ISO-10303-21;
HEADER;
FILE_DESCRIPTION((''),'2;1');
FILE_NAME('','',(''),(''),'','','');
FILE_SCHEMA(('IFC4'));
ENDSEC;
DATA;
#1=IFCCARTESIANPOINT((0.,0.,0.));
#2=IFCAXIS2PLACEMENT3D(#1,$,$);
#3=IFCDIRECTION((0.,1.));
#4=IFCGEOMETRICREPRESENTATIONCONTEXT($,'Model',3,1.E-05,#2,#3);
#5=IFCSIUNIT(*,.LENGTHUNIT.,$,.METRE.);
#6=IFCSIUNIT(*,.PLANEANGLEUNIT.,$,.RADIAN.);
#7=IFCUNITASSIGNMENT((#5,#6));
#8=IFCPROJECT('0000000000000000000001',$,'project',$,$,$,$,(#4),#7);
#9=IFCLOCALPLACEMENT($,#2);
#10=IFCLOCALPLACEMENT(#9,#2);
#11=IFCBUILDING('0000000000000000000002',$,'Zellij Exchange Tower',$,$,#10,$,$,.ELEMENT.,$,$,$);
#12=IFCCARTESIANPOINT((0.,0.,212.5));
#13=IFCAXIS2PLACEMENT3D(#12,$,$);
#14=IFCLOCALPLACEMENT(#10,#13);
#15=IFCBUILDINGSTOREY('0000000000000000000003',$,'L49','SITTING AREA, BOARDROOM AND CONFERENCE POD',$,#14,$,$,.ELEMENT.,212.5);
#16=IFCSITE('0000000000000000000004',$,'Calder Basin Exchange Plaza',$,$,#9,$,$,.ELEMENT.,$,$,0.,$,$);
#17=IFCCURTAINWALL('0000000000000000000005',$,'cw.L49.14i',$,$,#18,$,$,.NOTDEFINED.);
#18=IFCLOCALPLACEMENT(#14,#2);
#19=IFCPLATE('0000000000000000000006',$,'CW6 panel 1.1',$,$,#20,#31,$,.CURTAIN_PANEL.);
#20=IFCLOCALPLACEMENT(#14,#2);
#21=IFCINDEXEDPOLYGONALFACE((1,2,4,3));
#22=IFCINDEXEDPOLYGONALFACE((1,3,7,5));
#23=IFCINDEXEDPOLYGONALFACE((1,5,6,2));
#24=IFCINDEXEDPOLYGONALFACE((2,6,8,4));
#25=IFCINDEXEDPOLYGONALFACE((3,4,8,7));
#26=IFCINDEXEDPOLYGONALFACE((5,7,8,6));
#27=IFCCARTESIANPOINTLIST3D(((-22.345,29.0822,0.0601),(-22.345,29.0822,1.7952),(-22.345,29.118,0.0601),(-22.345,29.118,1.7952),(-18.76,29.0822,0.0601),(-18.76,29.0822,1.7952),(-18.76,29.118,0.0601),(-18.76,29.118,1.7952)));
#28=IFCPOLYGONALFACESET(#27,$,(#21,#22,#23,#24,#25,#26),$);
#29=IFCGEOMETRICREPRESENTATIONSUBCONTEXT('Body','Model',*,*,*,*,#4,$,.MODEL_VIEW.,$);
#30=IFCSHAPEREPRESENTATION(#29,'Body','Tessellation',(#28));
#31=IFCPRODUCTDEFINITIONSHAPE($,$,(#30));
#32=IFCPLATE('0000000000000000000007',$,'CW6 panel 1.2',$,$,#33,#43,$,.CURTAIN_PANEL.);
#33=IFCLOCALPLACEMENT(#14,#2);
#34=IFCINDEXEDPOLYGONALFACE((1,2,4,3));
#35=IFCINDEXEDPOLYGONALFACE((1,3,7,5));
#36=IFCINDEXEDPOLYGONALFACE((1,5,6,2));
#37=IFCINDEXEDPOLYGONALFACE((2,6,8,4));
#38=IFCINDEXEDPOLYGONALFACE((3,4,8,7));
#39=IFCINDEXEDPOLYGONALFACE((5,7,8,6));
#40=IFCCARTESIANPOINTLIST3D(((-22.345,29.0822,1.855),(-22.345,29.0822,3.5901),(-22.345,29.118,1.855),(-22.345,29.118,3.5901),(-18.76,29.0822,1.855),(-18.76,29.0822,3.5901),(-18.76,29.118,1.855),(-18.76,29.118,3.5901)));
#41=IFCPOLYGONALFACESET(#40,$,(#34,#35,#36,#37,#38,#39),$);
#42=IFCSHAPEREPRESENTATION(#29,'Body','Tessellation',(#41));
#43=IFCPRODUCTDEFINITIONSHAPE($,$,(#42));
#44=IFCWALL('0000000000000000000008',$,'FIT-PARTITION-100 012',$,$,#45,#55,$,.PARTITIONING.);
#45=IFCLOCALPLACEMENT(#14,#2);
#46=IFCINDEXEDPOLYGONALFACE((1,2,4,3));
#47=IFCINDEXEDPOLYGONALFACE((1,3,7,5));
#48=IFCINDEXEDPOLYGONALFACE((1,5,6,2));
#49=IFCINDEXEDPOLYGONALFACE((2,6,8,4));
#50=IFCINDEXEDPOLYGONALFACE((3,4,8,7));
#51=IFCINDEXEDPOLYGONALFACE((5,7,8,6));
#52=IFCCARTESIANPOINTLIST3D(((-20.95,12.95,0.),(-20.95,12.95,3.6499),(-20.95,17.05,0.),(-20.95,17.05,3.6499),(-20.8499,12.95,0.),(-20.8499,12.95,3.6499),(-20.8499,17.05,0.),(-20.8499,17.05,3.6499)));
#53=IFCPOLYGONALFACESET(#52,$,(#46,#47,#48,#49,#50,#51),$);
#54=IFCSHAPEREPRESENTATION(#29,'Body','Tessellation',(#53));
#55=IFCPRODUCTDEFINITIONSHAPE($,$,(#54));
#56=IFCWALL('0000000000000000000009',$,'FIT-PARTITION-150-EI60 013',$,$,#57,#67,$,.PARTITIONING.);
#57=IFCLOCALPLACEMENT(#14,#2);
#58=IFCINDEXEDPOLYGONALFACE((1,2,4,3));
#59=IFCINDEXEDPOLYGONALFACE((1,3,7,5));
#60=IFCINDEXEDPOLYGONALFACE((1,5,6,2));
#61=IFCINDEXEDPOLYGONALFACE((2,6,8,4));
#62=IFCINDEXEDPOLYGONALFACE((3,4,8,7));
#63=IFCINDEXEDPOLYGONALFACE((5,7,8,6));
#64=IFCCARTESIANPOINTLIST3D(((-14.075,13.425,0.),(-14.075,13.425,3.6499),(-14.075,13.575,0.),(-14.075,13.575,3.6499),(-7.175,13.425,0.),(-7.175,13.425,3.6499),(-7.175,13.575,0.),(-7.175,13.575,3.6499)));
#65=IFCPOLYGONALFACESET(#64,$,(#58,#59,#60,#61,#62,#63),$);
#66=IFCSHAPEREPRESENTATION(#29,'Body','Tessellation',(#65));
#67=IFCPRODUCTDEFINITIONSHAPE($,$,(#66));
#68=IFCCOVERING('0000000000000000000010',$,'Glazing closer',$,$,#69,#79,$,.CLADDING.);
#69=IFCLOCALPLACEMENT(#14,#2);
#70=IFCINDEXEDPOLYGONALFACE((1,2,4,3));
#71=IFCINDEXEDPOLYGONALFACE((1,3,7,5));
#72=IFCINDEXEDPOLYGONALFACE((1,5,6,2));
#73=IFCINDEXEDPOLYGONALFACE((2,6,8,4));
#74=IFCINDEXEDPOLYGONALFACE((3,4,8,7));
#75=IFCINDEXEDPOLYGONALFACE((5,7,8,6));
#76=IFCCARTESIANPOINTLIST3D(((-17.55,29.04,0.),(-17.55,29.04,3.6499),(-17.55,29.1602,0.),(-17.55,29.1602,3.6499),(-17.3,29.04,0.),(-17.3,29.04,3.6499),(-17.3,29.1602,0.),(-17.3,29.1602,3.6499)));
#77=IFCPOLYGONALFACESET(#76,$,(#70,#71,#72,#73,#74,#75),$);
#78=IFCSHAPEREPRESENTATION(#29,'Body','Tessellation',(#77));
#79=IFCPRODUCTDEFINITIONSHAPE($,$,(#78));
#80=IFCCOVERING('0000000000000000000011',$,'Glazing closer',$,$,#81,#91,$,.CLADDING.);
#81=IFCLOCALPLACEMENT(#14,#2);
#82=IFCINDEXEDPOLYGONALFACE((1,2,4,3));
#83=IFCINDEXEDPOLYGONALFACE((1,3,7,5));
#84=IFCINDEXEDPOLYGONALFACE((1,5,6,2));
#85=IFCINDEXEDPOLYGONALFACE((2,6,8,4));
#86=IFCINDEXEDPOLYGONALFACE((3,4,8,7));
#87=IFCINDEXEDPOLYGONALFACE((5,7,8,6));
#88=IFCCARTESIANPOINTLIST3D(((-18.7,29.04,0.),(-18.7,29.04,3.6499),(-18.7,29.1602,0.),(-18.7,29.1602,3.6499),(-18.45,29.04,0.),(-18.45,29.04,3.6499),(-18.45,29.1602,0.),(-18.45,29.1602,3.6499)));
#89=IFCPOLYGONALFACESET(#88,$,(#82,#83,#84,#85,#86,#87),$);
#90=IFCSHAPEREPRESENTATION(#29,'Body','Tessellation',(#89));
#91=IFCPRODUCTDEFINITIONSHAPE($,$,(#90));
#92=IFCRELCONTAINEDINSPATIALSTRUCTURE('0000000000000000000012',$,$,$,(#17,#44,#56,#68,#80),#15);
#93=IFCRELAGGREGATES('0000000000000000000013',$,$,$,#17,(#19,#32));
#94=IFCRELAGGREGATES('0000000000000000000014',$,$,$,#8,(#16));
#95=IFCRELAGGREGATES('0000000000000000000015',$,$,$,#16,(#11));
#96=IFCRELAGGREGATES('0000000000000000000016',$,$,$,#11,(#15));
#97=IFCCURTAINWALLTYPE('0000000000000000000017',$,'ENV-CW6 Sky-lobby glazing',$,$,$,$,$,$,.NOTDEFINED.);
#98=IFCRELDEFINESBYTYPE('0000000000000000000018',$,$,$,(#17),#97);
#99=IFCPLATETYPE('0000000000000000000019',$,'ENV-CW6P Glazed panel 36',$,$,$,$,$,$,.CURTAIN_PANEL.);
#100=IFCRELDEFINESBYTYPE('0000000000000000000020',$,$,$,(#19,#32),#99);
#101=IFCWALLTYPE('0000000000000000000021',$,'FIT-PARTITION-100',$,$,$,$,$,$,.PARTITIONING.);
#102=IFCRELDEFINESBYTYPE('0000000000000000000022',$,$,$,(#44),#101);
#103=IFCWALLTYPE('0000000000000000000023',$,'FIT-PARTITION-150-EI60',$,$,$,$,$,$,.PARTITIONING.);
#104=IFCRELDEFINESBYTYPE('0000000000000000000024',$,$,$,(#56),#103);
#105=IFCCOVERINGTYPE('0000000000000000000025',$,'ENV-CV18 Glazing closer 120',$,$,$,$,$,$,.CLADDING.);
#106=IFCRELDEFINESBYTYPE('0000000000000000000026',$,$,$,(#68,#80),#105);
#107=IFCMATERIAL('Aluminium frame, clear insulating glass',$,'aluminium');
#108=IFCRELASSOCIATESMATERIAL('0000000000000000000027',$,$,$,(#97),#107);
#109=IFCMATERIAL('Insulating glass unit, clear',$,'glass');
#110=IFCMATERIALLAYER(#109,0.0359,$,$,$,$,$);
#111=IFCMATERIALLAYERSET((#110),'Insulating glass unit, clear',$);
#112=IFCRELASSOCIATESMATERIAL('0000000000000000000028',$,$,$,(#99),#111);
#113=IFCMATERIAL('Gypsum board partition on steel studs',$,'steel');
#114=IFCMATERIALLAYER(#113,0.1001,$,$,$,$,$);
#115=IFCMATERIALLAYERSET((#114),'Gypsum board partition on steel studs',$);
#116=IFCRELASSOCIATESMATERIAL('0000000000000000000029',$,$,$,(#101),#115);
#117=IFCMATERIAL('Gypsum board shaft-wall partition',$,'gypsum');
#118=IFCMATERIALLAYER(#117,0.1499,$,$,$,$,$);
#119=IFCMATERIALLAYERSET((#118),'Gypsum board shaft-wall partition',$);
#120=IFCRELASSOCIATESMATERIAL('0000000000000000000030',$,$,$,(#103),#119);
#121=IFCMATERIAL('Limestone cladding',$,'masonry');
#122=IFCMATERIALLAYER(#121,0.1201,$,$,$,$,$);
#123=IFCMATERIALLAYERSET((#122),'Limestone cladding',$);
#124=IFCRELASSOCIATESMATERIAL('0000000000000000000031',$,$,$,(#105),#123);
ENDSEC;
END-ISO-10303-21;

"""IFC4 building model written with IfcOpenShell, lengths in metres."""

from ifc_helpers import new_model, si_unit, direction, frame, frame_2d, origin, origin_2d, place, context, subcontext, project, spatial, rectangle, extrude, material, layer, layer_set, type_object, element, aggregate, save


model = new_model("IFC4")

# Units and contexts
model_context = context("Model", 3, precision=1e-05, world=origin(), true_north=direction((0.0, 1.0)))
body_context = subcontext(model_context, "Body", "Model", "MODEL_VIEW")
ifc_project = project(units=[si_unit("LENGTHUNIT", "METRE"), si_unit("PLANEANGLEUNIT", "RADIAN")], contexts=[model_context])

# Site, building, storey
site_placement = place(None, origin())
site = spatial("IfcSite", under=ifc_project, at=site_placement, Name="Calder Basin Exchange Plaza", CompositionType="ELEMENT", RefElevation=0.0)
building_placement = place(site_placement, origin())
building = spatial("IfcBuilding", under=site, at=building_placement, Name="Zellij Exchange Tower", CompositionType="ELEMENT")
storey_placement = place(building_placement, frame((0.0, 0.0, 212.5)))
storey = spatial("IfcBuildingStorey", under=building, at=storey_placement, Name="L49", Description="SITTING AREA, BOARDROOM AND CONFERENCE POD", CompositionType="ELEMENT", Elevation=212.5)

# Curtain wall
ifc_material_1 = material(Name="Aluminium frame, clear insulating glass", Category="aluminium")
curtain_wall_type = type_object("IfcCurtainWallType", Name="ENV-CW6 Sky-lobby glazing", PredefinedType="NOTDEFINED", material=ifc_material_1)
curtain_wall_1_placement = place(storey_placement, origin())
curtain_wall_1 = element("IfcCurtainWall", 1, at=curtain_wall_1_placement, inside=storey, type_object=curtain_wall_type, Name="cw.L49.14i", PredefinedType="NOTDEFINED")

# Plates
ifc_material_2 = material(Name="Insulating glass unit, clear", Category="glass")
ifc_layer_1 = layer(ifc_material_2, 0.0359)
ifc_layer_set_1 = layer_set([ifc_layer_1], Name="Insulating glass unit, clear")
plate_type = type_object("IfcPlateType", Name="ENV-CW6P Glazed panel 36", PredefinedType="CURTAIN_PANEL", material=ifc_layer_set_1)
plate_1_placement = place(storey_placement, frame((-20.5525, 29.1001, 0.0601), z_axis=(0.0, 0.0, 1.0), x_axis=(-1.0, 0.0, 0.0)))
plate_1 = element("IfcPlate", 2, at=plate_1_placement, type_object=plate_type, Name="CW6 panel 1.1", PredefinedType="CURTAIN_PANEL", context=body_context, shape_type="SweptSolid", body=[
    extrude(rectangle(XDim=3.585, YDim=0.0359, at=origin_2d()), origin(), (0.0, 0.0, 1.0), 1.7351),
])
plate_2_placement = place(storey_placement, frame((-20.5525, 29.1001, 1.855), z_axis=(0.0, 0.0, 1.0), x_axis=(-1.0, 0.0, 0.0)))
plate_2 = element("IfcPlate", 3, at=plate_2_placement, type_object=plate_type, Name="CW6 panel 1.2", PredefinedType="CURTAIN_PANEL", context=body_context, shape_type="SweptSolid", body=[
    extrude(rectangle(XDim=3.585, YDim=0.0359, at=origin_2d()), origin(), (0.0, 0.0, 1.0), 1.7351),
])
aggregate(curtain_wall_1, [plate_1, plate_2])

# Walls
ifc_material_3 = material(Name="Gypsum board partition on steel studs", Category="steel")
ifc_layer_2 = layer(ifc_material_3, 0.1001)
ifc_layer_set_2 = layer_set([ifc_layer_2], Name="Gypsum board partition on steel studs")
wall_type_1 = type_object("IfcWallType", Name="FIT-PARTITION-100", PredefinedType="PARTITIONING", material=ifc_layer_set_2)
wall_1_placement = place(storey_placement, frame((-20.8999, 12.95, 0.0), z_axis=(0.0, 0.0, 1.0), x_axis=(0.0, 1.0, 0.0)))
element("IfcWall", 4, at=wall_1_placement, inside=storey, type_object=wall_type_1, Name="FIT-PARTITION-100 012", PredefinedType="PARTITIONING", context=body_context, shape_type="SweptSolid", body=[
    extrude(rectangle(XDim=4.1001, YDim=0.1001, at=frame_2d((2.05, 0.0))), origin(), (0.0, 0.0, 1.0), 3.6499),
])
ifc_material_4 = material(Name="Gypsum board shaft-wall partition", Category="gypsum")
ifc_layer_3 = layer(ifc_material_4, 0.1499)
ifc_layer_set_3 = layer_set([ifc_layer_3], Name="Gypsum board shaft-wall partition")
wall_type_2 = type_object("IfcWallType", Name="FIT-PARTITION-150-EI60", PredefinedType="PARTITIONING", material=ifc_layer_set_3)
wall_2_placement = place(storey_placement, frame((-14.075, 13.5, 0.0), z_axis=(0.0, 0.0, 1.0), x_axis=(1.0, 0.0, 0.0)))
element("IfcWall", 5, at=wall_2_placement, inside=storey, type_object=wall_type_2, Name="FIT-PARTITION-150-EI60 013", PredefinedType="PARTITIONING", context=body_context, shape_type="SweptSolid", body=[
    extrude(rectangle(XDim=6.8999, YDim=0.1499, at=frame_2d((3.45, 0.0))), origin(), (0.0, 0.0, 1.0), 3.6499),
])

# Coverings
ifc_material_5 = material(Name="Limestone cladding", Category="masonry")
ifc_layer_4 = layer(ifc_material_5, 0.1201)
ifc_layer_set_4 = layer_set([ifc_layer_4], Name="Limestone cladding")
covering_type = type_object("IfcCoveringType", Name="ENV-CV18 Glazing closer 120", PredefinedType="CLADDING", material=ifc_layer_set_4)
for number, where, z_axis, x_axis, name in (
    (6, (-17.425, 29.1001, 0.0), (0.0, 0.0, 1.0), (-1.0, 0.0, 0.0), "Glazing closer"),
    (7, (-18.575, 29.1001, 0.0), (0.0, 0.0, 1.0), (1.0, 0.0, 0.0), "Glazing closer"),
):
    element("IfcCovering", number, at=place(storey_placement, frame(where, z_axis=z_axis, x_axis=x_axis)), inside=storey, type_object=covering_type, Name=name, PredefinedType="CLADDING", context=body_context, shape_type="SweptSolid", body=[
        extrude(rectangle(XDim=0.25, YDim=0.1201, at=origin_2d()), origin(), (0.0, 0.0, 1.0), 3.6499),
    ])

save(model, "model.ifc")
